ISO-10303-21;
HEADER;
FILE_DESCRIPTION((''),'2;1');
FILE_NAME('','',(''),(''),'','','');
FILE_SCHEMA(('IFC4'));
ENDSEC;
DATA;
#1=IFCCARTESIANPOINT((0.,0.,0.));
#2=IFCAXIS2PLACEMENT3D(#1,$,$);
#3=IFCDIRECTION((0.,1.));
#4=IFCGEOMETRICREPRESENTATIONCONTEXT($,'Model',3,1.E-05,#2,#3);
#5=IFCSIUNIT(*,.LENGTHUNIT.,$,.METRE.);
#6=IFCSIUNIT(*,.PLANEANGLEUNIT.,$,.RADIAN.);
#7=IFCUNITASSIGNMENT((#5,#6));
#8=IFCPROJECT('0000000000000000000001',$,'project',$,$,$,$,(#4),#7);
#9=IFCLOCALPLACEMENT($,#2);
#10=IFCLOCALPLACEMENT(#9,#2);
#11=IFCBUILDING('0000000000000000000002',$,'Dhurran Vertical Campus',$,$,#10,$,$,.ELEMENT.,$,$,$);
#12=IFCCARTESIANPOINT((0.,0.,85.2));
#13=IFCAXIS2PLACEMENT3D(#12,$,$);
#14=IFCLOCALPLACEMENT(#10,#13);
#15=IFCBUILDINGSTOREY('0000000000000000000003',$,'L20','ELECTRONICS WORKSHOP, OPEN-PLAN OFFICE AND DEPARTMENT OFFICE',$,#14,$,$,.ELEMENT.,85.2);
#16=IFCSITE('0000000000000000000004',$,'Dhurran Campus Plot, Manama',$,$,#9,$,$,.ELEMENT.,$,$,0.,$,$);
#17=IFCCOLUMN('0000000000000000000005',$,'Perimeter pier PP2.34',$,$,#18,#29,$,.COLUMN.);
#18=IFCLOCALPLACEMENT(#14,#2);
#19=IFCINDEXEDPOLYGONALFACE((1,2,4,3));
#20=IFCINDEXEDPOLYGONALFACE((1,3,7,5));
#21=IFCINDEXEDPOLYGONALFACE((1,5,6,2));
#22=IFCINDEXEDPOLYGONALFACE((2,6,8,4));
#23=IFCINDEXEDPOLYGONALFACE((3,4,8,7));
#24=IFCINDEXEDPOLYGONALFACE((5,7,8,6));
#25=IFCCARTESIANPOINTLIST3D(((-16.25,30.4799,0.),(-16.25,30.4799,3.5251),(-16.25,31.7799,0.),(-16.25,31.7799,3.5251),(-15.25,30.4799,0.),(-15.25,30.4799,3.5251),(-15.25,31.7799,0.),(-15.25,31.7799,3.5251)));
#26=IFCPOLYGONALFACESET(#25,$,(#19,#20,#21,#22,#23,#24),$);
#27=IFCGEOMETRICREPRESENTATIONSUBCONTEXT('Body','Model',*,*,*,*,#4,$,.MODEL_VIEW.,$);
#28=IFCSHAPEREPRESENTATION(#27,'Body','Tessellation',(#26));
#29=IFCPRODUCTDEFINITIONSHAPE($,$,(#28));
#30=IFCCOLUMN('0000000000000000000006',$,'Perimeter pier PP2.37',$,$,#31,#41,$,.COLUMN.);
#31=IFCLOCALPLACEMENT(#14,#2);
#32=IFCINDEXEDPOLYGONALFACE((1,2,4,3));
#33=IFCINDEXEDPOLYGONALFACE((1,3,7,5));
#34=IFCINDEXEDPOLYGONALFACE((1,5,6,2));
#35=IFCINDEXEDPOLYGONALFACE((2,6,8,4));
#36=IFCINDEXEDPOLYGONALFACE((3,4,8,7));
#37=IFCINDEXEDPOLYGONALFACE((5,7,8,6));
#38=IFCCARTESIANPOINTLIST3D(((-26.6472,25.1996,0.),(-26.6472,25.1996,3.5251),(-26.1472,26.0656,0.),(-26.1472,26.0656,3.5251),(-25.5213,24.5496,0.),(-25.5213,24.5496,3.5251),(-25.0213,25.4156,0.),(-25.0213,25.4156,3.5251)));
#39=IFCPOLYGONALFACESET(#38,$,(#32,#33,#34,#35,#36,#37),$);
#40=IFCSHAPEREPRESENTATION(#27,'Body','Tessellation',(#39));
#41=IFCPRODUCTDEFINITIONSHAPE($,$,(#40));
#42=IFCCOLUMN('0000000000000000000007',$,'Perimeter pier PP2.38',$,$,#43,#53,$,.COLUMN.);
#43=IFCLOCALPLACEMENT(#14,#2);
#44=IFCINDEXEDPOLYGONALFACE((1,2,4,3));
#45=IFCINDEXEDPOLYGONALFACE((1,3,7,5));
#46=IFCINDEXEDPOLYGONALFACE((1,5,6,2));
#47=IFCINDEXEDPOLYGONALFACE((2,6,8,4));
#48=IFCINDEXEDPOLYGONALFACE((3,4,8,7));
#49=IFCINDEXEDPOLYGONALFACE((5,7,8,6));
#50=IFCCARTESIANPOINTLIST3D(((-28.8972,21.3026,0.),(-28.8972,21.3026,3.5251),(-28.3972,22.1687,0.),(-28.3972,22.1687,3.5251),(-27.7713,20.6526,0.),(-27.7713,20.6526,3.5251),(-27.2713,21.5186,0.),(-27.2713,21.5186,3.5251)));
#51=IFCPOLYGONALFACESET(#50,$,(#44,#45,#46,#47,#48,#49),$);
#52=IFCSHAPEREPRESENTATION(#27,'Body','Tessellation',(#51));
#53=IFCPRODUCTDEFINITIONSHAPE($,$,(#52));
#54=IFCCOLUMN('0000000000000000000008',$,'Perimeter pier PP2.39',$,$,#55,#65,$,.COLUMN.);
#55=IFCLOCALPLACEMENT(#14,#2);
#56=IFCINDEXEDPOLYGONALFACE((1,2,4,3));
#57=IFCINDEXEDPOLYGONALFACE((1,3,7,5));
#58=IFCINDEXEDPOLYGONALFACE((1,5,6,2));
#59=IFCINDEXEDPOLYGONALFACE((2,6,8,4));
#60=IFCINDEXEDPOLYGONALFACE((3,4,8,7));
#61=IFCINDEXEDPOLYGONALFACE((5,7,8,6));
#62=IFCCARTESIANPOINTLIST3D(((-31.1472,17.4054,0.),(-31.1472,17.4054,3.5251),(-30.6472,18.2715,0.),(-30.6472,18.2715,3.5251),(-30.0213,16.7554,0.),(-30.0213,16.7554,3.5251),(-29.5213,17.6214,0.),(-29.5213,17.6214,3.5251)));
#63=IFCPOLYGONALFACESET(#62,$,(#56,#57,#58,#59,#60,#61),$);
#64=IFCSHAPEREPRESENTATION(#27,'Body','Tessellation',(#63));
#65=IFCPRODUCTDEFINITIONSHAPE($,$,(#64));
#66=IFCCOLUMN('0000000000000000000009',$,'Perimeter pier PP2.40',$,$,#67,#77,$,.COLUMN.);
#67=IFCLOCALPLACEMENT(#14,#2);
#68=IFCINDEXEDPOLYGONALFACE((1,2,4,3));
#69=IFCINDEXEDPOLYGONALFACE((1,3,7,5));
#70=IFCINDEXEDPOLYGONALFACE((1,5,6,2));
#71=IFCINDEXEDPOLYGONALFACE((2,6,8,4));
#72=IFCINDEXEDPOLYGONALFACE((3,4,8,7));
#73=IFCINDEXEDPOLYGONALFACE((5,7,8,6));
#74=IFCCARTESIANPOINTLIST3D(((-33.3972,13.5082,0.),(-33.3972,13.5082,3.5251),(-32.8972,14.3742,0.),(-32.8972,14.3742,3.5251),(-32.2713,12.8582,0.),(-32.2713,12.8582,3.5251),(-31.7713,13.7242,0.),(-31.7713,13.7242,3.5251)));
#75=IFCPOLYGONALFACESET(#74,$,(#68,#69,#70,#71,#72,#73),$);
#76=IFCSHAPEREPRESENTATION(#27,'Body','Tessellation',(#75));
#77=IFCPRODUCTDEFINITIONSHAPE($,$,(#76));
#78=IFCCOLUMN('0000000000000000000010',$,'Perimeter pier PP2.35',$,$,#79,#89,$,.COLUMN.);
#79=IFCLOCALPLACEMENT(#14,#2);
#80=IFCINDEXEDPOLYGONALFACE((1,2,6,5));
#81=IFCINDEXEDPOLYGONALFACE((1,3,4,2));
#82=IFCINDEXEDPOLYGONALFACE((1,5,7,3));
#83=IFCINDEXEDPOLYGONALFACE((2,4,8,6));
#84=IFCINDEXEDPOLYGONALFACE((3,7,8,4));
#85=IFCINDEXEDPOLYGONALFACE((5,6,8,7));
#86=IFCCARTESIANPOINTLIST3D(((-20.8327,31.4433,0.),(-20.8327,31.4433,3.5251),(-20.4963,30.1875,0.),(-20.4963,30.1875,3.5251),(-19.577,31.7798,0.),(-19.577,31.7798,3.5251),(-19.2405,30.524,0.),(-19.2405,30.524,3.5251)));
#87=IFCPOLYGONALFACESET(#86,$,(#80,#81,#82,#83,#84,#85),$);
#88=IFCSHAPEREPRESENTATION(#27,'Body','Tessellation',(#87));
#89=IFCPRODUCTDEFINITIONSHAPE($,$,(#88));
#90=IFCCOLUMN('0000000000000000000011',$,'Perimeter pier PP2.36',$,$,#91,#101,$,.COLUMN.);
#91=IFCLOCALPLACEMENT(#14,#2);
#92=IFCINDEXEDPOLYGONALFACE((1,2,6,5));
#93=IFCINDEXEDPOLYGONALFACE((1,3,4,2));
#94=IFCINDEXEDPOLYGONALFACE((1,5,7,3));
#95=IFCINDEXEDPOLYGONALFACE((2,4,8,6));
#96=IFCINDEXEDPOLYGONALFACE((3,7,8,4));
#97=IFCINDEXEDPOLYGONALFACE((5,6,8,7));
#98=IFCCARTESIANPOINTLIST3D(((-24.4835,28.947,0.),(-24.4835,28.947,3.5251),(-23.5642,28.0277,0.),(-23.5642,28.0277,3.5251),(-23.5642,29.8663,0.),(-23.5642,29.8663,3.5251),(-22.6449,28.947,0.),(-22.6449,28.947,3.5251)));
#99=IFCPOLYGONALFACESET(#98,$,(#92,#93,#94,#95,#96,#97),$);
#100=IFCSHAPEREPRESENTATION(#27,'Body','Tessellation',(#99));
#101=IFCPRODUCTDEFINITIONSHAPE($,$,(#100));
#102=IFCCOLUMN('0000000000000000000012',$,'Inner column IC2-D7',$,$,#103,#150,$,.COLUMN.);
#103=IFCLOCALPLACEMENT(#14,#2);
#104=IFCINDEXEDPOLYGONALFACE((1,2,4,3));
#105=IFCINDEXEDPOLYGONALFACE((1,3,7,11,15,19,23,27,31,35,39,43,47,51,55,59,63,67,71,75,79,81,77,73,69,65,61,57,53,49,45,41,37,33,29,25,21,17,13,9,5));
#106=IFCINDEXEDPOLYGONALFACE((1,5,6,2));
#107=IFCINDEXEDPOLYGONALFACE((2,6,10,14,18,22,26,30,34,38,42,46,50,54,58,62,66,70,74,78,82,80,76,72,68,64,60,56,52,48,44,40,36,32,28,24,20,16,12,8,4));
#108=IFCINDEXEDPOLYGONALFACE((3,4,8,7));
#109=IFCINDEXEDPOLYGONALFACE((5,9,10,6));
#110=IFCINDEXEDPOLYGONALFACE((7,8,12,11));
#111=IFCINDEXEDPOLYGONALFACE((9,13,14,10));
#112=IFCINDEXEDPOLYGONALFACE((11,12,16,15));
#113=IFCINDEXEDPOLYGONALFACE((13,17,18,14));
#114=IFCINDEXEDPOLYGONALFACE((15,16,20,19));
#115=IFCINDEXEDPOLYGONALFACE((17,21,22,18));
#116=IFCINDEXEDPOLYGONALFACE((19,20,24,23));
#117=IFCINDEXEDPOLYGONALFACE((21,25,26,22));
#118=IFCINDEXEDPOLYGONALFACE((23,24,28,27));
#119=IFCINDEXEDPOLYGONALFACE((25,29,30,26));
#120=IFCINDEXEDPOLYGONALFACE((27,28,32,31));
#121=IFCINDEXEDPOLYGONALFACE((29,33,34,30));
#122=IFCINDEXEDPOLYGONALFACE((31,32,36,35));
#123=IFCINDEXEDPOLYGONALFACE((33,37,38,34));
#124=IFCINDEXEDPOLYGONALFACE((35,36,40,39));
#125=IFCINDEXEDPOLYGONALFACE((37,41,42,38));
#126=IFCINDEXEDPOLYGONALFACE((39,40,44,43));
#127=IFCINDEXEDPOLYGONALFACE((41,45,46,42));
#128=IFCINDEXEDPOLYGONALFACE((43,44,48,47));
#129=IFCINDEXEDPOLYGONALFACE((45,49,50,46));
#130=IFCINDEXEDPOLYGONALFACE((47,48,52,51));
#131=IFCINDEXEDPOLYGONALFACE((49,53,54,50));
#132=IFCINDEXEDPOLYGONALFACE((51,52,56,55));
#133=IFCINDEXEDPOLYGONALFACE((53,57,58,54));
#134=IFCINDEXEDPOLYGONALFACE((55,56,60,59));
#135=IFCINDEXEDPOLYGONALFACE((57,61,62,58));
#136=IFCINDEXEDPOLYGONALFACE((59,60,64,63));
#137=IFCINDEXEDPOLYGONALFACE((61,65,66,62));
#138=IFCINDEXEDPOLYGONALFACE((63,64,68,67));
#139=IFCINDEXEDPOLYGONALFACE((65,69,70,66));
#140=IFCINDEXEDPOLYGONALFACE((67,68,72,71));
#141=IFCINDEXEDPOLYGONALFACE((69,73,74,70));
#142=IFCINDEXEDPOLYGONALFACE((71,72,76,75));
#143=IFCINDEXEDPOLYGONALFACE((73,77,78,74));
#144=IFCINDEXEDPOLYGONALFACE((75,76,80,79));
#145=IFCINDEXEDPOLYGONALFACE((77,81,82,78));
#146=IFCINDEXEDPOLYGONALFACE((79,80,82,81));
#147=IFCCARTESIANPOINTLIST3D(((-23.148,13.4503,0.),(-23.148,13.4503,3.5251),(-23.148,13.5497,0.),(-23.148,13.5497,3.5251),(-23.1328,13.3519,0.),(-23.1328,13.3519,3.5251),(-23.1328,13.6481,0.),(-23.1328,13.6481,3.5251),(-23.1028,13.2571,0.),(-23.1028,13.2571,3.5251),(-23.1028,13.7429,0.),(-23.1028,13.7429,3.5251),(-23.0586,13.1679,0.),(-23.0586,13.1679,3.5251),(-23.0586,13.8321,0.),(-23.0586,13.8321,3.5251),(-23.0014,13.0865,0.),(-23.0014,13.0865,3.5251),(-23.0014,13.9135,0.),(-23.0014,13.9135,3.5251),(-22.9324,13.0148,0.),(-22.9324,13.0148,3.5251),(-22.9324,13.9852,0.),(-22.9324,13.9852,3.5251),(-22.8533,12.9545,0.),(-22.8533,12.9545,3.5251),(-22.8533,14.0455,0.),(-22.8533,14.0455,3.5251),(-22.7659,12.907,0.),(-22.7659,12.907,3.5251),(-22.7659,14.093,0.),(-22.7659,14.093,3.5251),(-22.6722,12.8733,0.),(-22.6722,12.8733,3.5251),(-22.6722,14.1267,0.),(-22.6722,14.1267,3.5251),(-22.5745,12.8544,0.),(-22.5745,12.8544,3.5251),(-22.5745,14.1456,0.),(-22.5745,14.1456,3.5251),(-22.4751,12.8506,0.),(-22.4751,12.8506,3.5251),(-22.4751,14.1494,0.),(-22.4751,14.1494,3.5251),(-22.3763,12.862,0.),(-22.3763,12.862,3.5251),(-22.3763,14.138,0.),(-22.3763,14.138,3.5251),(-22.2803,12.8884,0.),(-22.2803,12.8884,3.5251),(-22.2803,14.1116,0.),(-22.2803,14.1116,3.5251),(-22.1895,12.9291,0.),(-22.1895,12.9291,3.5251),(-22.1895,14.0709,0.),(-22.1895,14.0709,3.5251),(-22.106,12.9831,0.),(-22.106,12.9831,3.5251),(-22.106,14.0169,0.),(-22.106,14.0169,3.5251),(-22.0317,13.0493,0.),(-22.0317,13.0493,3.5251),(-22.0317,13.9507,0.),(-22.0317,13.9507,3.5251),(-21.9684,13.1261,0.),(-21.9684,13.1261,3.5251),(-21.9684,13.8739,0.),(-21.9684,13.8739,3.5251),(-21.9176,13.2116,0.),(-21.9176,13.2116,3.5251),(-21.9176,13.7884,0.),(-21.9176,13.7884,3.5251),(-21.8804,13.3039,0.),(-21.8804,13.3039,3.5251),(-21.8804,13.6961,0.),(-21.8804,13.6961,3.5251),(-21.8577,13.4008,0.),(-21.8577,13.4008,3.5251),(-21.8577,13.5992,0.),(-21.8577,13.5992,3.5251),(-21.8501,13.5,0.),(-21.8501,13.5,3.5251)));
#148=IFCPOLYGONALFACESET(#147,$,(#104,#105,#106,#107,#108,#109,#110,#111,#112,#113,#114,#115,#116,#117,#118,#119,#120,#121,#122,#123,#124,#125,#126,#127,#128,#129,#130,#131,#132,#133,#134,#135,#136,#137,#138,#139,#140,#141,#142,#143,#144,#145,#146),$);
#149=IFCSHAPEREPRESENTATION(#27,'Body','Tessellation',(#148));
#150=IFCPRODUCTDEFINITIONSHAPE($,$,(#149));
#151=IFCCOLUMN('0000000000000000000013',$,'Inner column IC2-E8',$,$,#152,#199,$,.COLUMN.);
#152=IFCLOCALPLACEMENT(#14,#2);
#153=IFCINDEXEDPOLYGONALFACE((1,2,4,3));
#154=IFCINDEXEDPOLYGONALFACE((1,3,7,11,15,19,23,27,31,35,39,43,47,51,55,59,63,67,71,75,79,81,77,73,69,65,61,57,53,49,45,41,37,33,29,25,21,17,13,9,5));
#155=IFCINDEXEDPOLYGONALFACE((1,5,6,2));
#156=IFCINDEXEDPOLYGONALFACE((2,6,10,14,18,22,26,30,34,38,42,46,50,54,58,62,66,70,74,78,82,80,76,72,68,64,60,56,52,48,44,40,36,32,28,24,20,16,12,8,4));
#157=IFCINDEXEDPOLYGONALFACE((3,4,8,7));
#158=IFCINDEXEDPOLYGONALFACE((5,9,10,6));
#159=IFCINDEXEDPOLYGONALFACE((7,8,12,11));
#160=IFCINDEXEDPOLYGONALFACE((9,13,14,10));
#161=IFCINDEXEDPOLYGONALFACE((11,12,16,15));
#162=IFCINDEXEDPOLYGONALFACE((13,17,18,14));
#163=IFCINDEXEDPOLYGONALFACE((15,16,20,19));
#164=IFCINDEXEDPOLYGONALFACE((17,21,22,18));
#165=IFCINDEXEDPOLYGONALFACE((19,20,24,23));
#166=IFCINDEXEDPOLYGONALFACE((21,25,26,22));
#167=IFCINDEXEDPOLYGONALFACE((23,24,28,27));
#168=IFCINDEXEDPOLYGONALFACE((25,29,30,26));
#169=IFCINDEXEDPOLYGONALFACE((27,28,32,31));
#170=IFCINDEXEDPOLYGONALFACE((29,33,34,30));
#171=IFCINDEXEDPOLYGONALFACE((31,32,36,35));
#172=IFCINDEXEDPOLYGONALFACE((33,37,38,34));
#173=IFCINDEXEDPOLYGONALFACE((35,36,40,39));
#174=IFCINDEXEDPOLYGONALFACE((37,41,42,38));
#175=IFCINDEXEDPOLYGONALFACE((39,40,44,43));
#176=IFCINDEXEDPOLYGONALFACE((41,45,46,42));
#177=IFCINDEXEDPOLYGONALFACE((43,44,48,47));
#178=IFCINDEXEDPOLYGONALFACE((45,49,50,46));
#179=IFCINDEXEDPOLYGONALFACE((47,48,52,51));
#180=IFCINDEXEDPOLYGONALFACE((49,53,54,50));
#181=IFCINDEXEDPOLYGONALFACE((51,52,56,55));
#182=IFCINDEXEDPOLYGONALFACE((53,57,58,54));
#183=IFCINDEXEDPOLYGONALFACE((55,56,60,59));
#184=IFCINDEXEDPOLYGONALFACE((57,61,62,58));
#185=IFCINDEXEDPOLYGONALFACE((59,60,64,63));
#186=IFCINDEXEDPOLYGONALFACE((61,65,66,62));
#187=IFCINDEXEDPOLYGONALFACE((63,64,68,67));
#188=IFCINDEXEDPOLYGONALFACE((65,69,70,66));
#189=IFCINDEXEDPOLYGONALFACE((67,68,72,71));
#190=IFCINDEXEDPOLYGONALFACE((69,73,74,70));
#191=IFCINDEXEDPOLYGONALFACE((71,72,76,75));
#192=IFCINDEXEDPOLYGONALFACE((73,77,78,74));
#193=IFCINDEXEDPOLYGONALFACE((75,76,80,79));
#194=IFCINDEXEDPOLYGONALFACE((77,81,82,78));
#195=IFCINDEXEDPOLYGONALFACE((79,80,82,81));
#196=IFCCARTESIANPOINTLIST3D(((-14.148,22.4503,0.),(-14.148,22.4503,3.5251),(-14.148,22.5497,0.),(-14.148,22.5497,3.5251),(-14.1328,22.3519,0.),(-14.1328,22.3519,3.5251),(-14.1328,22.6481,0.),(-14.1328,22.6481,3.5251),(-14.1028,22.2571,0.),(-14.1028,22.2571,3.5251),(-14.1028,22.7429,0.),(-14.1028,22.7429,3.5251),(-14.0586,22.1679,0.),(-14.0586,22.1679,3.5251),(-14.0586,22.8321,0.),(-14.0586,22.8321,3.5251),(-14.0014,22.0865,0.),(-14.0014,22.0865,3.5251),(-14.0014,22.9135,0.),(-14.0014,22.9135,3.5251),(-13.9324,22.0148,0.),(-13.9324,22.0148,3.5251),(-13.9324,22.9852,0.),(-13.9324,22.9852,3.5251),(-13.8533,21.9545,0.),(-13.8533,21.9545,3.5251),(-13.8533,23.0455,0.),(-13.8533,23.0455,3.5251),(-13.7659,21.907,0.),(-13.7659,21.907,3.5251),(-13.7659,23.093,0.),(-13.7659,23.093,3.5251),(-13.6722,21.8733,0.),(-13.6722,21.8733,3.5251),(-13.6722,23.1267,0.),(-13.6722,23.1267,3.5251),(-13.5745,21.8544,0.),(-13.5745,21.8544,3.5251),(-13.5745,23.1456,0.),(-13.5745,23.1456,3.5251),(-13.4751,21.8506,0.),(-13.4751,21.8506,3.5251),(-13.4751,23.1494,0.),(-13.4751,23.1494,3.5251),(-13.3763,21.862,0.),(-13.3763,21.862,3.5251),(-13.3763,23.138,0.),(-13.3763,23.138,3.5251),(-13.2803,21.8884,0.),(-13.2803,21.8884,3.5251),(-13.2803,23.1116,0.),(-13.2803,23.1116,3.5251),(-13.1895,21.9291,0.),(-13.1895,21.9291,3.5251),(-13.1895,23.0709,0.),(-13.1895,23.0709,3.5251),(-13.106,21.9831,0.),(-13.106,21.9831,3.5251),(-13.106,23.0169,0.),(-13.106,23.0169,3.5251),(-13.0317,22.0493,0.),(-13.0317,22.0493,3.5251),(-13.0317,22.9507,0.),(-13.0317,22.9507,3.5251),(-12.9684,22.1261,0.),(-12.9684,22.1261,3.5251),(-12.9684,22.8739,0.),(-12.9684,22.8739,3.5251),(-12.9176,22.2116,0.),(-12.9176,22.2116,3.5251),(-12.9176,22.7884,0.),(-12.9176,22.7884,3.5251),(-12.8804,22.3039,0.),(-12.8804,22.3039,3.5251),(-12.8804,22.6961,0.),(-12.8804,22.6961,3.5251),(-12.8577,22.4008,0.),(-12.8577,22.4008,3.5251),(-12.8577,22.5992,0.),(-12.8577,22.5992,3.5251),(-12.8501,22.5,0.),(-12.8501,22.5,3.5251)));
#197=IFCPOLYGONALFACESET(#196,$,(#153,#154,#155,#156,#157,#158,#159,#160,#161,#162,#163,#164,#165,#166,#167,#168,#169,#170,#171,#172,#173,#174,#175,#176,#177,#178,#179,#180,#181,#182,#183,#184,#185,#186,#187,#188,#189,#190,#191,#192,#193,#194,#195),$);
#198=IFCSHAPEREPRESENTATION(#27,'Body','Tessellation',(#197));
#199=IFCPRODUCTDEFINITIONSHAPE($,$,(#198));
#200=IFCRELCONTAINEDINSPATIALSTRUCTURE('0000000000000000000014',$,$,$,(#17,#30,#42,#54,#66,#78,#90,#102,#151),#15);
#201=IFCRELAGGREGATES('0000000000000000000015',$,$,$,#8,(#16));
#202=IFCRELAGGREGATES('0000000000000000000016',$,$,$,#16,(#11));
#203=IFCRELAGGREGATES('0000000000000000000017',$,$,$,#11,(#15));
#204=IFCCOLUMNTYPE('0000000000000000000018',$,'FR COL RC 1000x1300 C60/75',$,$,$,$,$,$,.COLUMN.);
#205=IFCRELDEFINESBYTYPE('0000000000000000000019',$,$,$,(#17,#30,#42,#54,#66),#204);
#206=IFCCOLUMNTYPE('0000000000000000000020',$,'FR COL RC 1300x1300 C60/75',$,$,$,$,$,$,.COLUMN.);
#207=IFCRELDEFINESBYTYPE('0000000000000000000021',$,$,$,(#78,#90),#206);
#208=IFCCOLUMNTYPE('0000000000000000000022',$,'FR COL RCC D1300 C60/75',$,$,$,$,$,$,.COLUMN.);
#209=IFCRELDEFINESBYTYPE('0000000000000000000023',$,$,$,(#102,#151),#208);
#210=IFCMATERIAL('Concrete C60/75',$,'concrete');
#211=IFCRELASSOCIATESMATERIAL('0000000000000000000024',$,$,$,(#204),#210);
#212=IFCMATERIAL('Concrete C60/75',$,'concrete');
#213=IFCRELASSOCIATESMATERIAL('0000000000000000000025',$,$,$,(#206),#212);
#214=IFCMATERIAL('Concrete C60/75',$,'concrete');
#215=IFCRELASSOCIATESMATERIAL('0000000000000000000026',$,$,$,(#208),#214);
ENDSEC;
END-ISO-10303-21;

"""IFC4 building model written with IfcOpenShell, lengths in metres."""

from ifc_helpers import new_model, si_unit, direction, frame, origin, origin_2d, place, context, subcontext, project, spatial, rectangle, circle, extrude, material, material_profile, profile_set, type_object, element, save


model = new_model("IFC4")

# Units and contexts
model_context = context("Model", 3, precision=1e-05, world=origin(), true_north=direction((0.0, 1.0)))
body_context = subcontext(model_context, "Body", "Model", "MODEL_VIEW")
ifc_project = project(units=[si_unit("LENGTHUNIT", "METRE"), si_unit("PLANEANGLEUNIT", "RADIAN")], contexts=[model_context])

# Site, building, storey
site_placement = place(None, origin())
site = spatial("IfcSite", under=ifc_project, at=site_placement, Name="Dhurran Campus Plot, Manama", CompositionType="ELEMENT", RefElevation=0.0)
building_placement = place(site_placement, origin())
building = spatial("IfcBuilding", under=site, at=building_placement, Name="Dhurran Vertical Campus", CompositionType="ELEMENT")
storey_placement = place(building_placement, frame((0.0, 0.0, 85.2)))
storey = spatial("IfcBuildingStorey", under=building, at=storey_placement, Name="L20", Description="ELECTRONICS WORKSHOP, OPEN-PLAN OFFICE AND DEPARTMENT OFFICE", CompositionType="ELEMENT", Elevation=85.2)

# Columns
ifc_material_1 = material(Name="Concrete C60/75", Category="concrete")
ifc_material_profile_1 = material_profile(ifc_material_1, rectangle(XDim=1.0, YDim=1.3, at=origin_2d()), Name="RC 1000x1300")
ifc_profile_set_1 = profile_set([ifc_material_profile_1], Name="Concrete C60/75")
column_type_1 = type_object("IfcColumnType", Name="FR COL RC 1000x1300 C60/75", PredefinedType="COLUMN", material=ifc_profile_set_1)
for number, where, z_axis, x_axis, name in (
    (1, (-15.75, 31.1299, 0.0), (0.0, 0.0, 1.0), (-1.0, 0.0, 0.0), "Perimeter pier PP2.34"),
    (2, (-25.8342, 25.3076, 0.0), (0.0, 0.0, 1.0), (-0.5, -0.866025, 0.0), "Perimeter pier PP2.37"),
    (3, (-28.0842, 21.4106, 0.0), (0.0, 0.0, 1.0), (-0.5, -0.866025, 0.0), "Perimeter pier PP2.38"),
    (4, (-30.3342, 17.5134, 0.0), (0.0, 0.0, 1.0), (-0.5, -0.866025, 0.0), "Perimeter pier PP2.39"),
    (5, (-32.5842, 13.6162, 0.0), (0.0, 0.0, 1.0), (-0.5, -0.866025, 0.0), "Perimeter pier PP2.40"),
):
    element("IfcColumn", number, at=place(storey_placement, frame(where, z_axis=z_axis, x_axis=x_axis)), inside=storey, type_object=column_type_1, Name=name, PredefinedType="COLUMN", context=body_context, shape_type="SweptSolid", body=[
        extrude(rectangle(XDim=1.0, YDim=1.3, at=origin_2d()), origin(), (0.0, 0.0, 1.0), 3.5251),
    ])
ifc_material_2 = material(Name="Concrete C60/75", Category="concrete")
ifc_material_profile_2 = material_profile(ifc_material_2, rectangle(XDim=1.3, YDim=1.3, at=origin_2d()), Name="RC 1300x1300")
ifc_profile_set_2 = profile_set([ifc_material_profile_2], Name="Concrete C60/75")
column_type_2 = type_object("IfcColumnType", Name="FR COL RC 1300x1300 C60/75", PredefinedType="COLUMN", material=ifc_profile_set_2)
for number, where, z_axis, x_axis, name in (
    (6, (-20.0366, 30.9836, 0.0), (0.0, 0.0, 1.0), (-0.965926, -0.258819, 0.0), "Perimeter pier PP2.35"),
    (7, (-23.5642, 28.947, 0.0), (0.0, 0.0, 1.0), (-0.707107, -0.707107, 0.0), "Perimeter pier PP2.36"),
):
    element("IfcColumn", number, at=place(storey_placement, frame(where, z_axis=z_axis, x_axis=x_axis)), inside=storey, type_object=column_type_2, Name=name, PredefinedType="COLUMN", context=body_context, shape_type="SweptSolid", body=[
        extrude(rectangle(XDim=1.3, YDim=1.3, at=origin_2d()), origin(), (0.0, 0.0, 1.0), 3.5251),
    ])
ifc_material_3 = material(Name="Concrete C60/75", Category="concrete")
ifc_material_profile_3 = material_profile(ifc_material_3, circle(Radius=0.6499, at=origin_2d()), Name="RCC D1300")
ifc_profile_set_3 = profile_set([ifc_material_profile_3], Name="Concrete C60/75")
column_type_3 = type_object("IfcColumnType", Name="FR COL RCC D1300 C60/75", PredefinedType="COLUMN", material=ifc_profile_set_3)
for number, where, z_axis, x_axis, name in (
    (8, (-22.5, 13.5, 0.0), (0.0, 0.0, 1.0), (1.0, 0.0, 0.0), "Inner column IC2-D7"),
    (9, (-13.5, 22.5, 0.0), (0.0, 0.0, 1.0), (1.0, 0.0, 0.0), "Inner column IC2-E8"),
):
    element("IfcColumn", number, at=place(storey_placement, frame(where, z_axis=z_axis, x_axis=x_axis)), inside=storey, type_object=column_type_3, Name=name, PredefinedType="COLUMN", context=body_context, shape_type="SweptSolid", body=[
        extrude(circle(Radius=0.6499, at=origin_2d()), origin(), (0.0, 0.0, 1.0), 3.5251),
    ])

save(model, "model.ifc")
